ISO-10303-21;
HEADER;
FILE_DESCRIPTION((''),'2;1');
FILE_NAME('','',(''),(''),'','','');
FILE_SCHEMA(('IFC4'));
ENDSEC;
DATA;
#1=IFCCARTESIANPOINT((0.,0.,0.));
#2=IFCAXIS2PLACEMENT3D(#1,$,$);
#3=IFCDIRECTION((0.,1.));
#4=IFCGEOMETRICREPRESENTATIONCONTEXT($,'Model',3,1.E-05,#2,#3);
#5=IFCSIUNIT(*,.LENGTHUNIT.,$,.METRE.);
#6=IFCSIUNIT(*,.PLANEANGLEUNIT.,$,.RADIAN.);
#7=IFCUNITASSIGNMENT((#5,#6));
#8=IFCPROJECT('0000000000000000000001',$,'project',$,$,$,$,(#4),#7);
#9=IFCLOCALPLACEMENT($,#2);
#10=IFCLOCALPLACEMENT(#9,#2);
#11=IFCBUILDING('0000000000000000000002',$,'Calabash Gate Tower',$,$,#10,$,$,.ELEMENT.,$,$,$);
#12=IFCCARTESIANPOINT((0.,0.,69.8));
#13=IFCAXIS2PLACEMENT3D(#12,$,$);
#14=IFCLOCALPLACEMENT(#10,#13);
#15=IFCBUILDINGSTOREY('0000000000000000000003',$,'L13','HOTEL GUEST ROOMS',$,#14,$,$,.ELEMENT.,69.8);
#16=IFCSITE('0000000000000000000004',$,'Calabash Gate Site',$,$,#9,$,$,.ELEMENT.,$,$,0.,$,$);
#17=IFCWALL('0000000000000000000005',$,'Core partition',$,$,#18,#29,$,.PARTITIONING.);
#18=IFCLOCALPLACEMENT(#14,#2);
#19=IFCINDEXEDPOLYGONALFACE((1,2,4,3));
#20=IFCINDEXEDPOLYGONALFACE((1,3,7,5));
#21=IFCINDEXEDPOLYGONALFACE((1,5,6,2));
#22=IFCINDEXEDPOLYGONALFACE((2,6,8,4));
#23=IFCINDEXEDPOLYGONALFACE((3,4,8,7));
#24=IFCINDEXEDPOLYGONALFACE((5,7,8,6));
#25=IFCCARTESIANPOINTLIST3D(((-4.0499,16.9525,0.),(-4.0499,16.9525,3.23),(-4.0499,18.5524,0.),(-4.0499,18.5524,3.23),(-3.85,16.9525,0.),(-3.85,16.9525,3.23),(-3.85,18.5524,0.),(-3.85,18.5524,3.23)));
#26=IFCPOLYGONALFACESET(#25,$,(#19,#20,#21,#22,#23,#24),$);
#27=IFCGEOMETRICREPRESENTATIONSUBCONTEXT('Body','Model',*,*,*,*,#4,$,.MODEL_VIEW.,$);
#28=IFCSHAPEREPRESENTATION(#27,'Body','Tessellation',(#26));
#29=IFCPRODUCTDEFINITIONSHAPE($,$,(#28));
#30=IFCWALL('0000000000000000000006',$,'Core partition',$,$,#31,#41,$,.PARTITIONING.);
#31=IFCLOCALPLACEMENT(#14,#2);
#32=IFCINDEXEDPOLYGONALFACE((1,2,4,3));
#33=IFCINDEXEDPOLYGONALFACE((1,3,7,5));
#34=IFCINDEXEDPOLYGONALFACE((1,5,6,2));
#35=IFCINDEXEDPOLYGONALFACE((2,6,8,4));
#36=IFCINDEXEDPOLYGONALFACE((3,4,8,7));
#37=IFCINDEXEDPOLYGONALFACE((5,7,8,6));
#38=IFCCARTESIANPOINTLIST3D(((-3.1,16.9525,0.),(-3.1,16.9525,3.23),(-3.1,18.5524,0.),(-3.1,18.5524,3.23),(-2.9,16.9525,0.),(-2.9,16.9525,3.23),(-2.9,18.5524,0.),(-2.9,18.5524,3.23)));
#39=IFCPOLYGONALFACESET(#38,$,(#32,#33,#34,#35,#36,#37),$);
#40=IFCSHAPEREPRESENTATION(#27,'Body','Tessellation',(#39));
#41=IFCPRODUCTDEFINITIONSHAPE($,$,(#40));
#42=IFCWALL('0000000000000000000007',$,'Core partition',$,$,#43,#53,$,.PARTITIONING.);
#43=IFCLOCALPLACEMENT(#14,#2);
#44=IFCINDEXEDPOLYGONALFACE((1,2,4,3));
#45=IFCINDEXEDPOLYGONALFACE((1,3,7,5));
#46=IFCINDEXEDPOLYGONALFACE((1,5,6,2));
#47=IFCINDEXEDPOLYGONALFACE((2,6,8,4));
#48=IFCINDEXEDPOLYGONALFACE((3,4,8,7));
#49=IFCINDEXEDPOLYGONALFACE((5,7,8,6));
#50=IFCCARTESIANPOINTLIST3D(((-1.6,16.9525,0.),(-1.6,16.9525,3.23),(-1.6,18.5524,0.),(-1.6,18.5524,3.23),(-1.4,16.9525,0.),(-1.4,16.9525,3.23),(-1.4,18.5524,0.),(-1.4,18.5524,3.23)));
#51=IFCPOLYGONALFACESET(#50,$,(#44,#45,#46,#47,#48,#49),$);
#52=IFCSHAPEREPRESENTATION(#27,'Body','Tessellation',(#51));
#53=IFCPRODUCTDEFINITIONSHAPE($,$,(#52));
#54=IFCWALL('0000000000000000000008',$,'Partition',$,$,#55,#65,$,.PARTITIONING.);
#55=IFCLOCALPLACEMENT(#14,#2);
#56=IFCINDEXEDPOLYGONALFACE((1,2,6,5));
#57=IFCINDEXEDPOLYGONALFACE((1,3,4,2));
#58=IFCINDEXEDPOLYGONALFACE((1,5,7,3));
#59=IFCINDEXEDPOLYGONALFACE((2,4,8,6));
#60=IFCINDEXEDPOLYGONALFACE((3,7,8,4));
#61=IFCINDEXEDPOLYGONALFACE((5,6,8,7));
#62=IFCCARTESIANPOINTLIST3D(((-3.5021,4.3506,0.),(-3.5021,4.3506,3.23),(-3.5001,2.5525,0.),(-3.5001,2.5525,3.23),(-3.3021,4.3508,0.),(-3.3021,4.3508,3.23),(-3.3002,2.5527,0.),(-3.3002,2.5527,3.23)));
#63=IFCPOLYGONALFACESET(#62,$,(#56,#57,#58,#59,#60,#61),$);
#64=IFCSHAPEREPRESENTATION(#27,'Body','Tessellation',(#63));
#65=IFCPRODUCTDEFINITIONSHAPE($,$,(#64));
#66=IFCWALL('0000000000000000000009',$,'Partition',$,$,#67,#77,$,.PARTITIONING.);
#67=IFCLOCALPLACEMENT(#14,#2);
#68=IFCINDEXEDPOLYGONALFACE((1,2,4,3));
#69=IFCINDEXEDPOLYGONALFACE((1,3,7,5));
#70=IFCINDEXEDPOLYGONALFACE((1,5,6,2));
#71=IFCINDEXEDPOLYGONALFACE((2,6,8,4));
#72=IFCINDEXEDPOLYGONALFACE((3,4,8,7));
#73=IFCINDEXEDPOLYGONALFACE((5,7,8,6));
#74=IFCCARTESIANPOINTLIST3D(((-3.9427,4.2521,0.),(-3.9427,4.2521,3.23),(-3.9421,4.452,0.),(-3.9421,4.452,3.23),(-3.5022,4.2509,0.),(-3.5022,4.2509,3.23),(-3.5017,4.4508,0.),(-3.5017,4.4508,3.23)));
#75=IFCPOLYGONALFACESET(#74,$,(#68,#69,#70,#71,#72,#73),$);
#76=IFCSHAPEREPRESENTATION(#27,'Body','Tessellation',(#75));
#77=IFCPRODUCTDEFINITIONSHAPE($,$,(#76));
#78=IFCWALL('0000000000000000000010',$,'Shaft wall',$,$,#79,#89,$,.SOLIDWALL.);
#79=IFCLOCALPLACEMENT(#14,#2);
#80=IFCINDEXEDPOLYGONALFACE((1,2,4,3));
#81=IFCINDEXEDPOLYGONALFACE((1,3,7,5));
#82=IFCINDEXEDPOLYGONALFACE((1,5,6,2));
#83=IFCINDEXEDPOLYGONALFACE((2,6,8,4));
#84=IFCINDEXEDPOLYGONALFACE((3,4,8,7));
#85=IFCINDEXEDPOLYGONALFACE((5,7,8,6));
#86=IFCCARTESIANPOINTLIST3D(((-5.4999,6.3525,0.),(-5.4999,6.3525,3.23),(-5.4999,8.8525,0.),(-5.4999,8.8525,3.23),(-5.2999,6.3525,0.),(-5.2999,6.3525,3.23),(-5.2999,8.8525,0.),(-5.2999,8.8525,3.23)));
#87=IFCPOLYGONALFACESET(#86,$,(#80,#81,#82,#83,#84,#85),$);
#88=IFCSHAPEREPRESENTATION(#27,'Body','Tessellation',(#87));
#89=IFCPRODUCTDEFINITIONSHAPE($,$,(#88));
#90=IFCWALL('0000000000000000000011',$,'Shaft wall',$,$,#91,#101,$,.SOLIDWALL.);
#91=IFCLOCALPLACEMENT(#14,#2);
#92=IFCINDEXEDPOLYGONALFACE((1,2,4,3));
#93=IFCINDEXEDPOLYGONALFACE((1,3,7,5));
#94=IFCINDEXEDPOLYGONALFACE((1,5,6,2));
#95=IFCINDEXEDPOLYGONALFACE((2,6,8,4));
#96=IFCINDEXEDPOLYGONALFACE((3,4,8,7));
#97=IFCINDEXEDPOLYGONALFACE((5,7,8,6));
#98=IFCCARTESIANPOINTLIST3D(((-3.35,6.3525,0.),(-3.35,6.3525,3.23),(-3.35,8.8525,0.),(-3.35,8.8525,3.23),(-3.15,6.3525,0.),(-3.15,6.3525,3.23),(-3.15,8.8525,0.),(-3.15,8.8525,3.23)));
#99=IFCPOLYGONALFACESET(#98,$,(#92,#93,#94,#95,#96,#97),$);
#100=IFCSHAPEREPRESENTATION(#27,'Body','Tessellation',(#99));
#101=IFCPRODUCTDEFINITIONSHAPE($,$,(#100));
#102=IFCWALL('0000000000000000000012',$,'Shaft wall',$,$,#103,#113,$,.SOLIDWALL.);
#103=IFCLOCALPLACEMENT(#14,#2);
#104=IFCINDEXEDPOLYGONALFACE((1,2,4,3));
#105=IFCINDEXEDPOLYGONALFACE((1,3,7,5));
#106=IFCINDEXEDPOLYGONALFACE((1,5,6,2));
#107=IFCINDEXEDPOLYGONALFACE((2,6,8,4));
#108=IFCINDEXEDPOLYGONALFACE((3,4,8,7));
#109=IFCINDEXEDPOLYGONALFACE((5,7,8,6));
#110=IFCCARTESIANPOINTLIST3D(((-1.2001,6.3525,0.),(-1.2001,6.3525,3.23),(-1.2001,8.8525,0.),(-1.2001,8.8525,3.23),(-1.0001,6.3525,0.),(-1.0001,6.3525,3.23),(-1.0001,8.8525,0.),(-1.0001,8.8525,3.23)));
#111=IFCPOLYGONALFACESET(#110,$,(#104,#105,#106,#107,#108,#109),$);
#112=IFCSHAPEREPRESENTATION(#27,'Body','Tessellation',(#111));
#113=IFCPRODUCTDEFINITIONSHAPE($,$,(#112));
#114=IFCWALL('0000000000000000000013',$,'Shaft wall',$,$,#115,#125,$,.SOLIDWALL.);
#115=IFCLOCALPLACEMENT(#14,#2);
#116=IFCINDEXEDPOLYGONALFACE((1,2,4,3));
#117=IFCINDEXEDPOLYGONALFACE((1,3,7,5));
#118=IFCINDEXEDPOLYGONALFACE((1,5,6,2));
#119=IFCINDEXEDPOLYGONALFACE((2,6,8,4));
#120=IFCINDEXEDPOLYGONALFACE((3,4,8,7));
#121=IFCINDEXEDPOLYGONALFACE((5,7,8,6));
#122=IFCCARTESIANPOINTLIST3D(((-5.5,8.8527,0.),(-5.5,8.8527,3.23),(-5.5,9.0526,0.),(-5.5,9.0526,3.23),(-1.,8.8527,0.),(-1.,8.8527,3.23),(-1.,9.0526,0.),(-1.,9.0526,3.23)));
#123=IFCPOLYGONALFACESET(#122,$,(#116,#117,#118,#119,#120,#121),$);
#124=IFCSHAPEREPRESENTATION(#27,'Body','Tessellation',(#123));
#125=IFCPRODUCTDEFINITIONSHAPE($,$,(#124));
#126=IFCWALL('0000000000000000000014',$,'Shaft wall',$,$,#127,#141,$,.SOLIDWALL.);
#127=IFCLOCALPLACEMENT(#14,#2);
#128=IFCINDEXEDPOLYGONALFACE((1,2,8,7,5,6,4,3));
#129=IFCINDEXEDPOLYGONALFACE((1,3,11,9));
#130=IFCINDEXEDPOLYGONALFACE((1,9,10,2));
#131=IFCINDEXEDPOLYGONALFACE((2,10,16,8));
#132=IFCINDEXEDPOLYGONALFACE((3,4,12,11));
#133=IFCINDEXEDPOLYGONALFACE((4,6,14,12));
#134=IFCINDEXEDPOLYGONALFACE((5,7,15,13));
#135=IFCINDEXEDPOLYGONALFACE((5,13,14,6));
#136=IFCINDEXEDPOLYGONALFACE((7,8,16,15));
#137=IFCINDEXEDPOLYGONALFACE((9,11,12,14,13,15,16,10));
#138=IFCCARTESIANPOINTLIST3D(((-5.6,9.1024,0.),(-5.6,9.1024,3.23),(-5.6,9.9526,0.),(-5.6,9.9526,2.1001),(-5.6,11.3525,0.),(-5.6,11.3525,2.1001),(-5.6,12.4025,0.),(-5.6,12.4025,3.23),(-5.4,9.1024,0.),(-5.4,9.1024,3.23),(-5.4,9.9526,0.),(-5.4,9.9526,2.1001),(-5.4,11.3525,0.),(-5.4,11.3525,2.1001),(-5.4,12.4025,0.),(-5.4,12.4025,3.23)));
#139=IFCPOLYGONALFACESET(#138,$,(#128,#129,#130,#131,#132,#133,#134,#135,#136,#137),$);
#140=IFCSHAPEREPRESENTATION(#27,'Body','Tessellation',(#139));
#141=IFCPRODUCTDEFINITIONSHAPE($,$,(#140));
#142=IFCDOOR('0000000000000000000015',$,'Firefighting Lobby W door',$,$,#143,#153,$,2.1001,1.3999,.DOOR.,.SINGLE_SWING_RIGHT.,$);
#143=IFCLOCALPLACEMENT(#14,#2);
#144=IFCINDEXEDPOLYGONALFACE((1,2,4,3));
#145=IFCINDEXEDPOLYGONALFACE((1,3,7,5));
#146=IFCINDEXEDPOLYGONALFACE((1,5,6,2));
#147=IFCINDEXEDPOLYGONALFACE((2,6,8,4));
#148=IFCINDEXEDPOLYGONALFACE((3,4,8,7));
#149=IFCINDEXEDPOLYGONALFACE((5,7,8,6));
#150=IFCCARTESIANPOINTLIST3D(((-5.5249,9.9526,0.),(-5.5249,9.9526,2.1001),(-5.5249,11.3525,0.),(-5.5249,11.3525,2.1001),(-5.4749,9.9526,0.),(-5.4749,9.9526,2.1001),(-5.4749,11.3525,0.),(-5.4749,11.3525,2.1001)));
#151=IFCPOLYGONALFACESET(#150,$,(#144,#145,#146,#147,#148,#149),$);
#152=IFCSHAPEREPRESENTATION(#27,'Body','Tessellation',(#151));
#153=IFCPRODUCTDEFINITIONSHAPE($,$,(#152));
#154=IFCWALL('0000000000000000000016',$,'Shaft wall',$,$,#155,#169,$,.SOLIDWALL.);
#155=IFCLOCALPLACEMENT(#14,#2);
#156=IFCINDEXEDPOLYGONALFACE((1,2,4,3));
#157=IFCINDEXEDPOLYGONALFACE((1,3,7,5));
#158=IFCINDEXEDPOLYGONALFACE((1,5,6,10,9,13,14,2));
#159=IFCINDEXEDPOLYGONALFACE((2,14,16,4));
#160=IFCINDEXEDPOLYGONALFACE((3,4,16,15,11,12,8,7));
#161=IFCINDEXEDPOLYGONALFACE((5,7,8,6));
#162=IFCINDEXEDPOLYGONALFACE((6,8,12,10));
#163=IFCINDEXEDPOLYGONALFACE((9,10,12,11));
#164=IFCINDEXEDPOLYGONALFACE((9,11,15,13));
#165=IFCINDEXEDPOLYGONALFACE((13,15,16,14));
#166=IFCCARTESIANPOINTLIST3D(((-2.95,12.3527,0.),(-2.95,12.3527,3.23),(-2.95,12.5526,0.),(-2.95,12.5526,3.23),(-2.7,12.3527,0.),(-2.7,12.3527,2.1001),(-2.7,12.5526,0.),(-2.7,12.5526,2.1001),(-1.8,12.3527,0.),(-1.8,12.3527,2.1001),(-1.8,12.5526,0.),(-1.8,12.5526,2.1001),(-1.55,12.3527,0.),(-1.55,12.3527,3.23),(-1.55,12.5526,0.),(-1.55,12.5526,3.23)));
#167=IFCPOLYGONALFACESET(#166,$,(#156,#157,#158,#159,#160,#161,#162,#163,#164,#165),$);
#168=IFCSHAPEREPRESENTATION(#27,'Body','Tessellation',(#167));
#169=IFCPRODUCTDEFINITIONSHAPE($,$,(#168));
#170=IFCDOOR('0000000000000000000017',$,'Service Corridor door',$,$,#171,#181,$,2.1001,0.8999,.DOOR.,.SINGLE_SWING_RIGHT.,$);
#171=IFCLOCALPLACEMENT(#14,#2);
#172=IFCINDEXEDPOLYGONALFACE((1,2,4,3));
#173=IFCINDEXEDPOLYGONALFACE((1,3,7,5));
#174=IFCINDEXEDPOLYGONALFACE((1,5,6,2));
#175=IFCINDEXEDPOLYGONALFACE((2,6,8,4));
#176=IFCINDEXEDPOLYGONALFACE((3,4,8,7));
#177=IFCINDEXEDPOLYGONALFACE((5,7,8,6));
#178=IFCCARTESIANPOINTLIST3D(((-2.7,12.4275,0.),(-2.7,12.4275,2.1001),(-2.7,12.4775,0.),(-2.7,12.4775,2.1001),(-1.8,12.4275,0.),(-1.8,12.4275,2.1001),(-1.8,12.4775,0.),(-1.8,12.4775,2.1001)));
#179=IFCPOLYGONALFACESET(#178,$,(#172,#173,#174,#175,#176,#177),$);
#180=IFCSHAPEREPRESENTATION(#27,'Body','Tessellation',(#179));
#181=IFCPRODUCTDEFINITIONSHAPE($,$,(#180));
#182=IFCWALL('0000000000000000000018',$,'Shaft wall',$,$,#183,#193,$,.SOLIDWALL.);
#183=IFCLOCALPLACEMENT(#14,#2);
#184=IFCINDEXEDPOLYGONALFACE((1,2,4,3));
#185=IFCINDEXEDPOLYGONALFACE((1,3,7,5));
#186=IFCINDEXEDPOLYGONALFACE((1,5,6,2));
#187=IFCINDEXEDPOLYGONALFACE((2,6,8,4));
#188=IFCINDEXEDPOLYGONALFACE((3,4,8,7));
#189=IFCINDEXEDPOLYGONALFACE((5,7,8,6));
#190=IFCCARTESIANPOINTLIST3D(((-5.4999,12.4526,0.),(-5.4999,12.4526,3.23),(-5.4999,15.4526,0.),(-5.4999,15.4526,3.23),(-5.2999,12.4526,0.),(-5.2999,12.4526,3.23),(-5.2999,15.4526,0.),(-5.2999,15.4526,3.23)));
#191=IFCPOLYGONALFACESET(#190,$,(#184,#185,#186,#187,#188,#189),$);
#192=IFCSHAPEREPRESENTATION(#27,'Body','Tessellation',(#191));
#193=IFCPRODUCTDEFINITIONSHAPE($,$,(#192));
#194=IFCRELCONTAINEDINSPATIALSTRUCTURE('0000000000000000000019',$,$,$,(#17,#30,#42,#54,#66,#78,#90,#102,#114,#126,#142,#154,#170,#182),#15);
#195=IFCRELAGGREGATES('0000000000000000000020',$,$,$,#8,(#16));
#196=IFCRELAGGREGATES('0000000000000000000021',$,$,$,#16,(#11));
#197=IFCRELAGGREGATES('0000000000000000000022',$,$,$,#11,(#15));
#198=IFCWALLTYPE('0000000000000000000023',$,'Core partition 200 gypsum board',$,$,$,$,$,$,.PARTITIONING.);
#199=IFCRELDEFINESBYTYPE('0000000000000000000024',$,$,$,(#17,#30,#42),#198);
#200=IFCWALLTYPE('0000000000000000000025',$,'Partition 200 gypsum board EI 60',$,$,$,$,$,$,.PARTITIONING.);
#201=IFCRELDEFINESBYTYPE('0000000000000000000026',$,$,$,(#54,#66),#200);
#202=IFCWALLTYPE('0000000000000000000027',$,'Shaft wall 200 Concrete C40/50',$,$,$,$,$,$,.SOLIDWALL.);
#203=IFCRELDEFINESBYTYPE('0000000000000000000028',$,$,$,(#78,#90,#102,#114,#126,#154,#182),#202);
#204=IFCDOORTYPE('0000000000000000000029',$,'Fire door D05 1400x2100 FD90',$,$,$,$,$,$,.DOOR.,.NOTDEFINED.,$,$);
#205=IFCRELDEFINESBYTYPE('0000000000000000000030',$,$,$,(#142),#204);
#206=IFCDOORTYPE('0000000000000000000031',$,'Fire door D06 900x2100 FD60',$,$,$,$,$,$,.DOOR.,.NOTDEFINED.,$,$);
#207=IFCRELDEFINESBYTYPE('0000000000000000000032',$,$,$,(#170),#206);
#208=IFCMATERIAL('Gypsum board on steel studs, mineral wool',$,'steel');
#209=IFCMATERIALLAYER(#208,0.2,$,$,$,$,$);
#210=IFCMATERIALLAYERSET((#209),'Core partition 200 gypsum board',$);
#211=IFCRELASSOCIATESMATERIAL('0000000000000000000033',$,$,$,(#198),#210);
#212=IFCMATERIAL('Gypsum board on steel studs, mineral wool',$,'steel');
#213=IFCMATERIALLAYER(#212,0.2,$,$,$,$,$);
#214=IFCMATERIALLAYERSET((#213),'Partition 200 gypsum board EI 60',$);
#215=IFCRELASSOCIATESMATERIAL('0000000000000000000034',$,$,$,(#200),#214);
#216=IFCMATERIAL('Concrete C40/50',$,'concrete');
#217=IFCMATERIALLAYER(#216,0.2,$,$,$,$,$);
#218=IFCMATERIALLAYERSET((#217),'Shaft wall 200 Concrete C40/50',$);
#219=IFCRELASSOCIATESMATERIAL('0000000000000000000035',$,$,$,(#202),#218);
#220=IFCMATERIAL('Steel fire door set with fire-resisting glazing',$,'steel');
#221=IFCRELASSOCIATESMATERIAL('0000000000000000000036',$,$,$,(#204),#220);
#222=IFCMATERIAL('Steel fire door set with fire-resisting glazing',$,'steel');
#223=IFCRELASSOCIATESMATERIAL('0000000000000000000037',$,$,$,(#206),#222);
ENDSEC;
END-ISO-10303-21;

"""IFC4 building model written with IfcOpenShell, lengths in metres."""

from ifc_helpers import new_model, si_unit, direction, frame, frame_2d, origin, place, context, subcontext, project, spatial, rectangle, extrude, material, layer, layer_set, type_object, element, fill, save


model = new_model("IFC4")

# Units and contexts
model_context = context("Model", 3, precision=1e-05, world=origin(), true_north=direction((0.0, 1.0)))
body_context = subcontext(model_context, "Body", "Model", "MODEL_VIEW")
ifc_project = project(units=[si_unit("LENGTHUNIT", "METRE"), si_unit("PLANEANGLEUNIT", "RADIAN")], contexts=[model_context])

# Site, building, storey
site_placement = place(None, origin())
site = spatial("IfcSite", under=ifc_project, at=site_placement, Name="Calabash Gate Site", CompositionType="ELEMENT", RefElevation=0.0)
building_placement = place(site_placement, origin())
building = spatial("IfcBuilding", under=site, at=building_placement, Name="Calabash Gate Tower", CompositionType="ELEMENT")
storey_placement = place(building_placement, frame((0.0, 0.0, 69.8)))
storey = spatial("IfcBuildingStorey", under=building, at=storey_placement, Name="L13", Description="HOTEL GUEST ROOMS", CompositionType="ELEMENT", Elevation=69.8)

# Walls
ifc_material_1 = material(Name="Gypsum board on steel studs, mineral wool", Category="steel")
ifc_layer_1 = layer(ifc_material_1, 0.2)
ifc_layer_set_1 = layer_set([ifc_layer_1], Name="Core partition 200 gypsum board")
wall_type_1 = type_object("IfcWallType", Name="Core partition 200 gypsum board", PredefinedType="PARTITIONING", material=ifc_layer_set_1)
for number, where, z_axis, x_axis, name in (
    (1, (-3.95, 16.9526, 0.0), (0.0, 0.0, 1.0), (0.0, 1.0, 0.0), "Core partition"),
    (2, (-3.0, 16.9526, 0.0), (0.0, 0.0, 1.0), (0.0, 1.0, 0.0), "Core partition"),
    (3, (-1.5, 16.9526, 0.0), (0.0, 0.0, 1.0), (0.0, 1.0, 0.0), "Core partition"),
):
    element("IfcWall", number, at=place(storey_placement, frame(where, z_axis=z_axis, x_axis=x_axis)), inside=storey, type_object=wall_type_1, Name=name, PredefinedType="PARTITIONING", context=body_context, shape_type="SweptSolid", body=[
        extrude(rectangle(XDim=1.5999, YDim=0.2, at=frame_2d((0.7998, 0.0))), origin(), (0.0, 0.0, 1.0), 3.23),
    ])
ifc_material_2 = material(Name="Gypsum board on steel studs, mineral wool", Category="steel")
ifc_layer_2 = layer(ifc_material_2, 0.2)
ifc_layer_set_2 = layer_set([ifc_layer_2], Name="Partition 200 gypsum board EI 60")
wall_type_2 = type_object("IfcWallType", Name="Partition 200 gypsum board EI 60", PredefinedType="PARTITIONING", material=ifc_layer_set_2)
wall_1_placement = place(storey_placement, frame((-3.4021, 4.3506, 0.0), z_axis=(0.0, 0.0, 1.0), x_axis=(0.001086, -0.999999, 0.0)))
element("IfcWall", 4, at=wall_1_placement, inside=storey, type_object=wall_type_2, Name="Partition", PredefinedType="PARTITIONING", context=body_context, shape_type="SweptSolid", body=[
    extrude(rectangle(XDim=1.7981, YDim=0.2, at=frame_2d((0.8989, 0.0))), origin(), (0.0, 0.0, 1.0), 3.23),
])
wall_2_placement = place(storey_placement, frame((-3.9424, 4.3521, 0.0), z_axis=(0.0, 0.0, 1.0), x_axis=(0.999996, -0.002772, 0.0)))
element("IfcWall", 5, at=wall_2_placement, inside=storey, type_object=wall_type_2, Name="Partition", PredefinedType="PARTITIONING", context=body_context, shape_type="SweptSolid", body=[
    extrude(rectangle(XDim=0.4404, YDim=0.2, at=frame_2d((0.2202, 0.0))), origin(), (0.0, 0.0, 1.0), 3.23),
])
ifc_material_3 = material(Name="Concrete C40/50", Category="concrete")
ifc_layer_3 = layer(ifc_material_3, 0.2)
ifc_layer_set_3 = layer_set([ifc_layer_3], Name="Shaft wall 200 Concrete C40/50")
wall_type_3 = type_object("IfcWallType", Name="Shaft wall 200 Concrete C40/50", PredefinedType="SOLIDWALL", material=ifc_layer_set_3)
for number, where, z_axis, x_axis, name in (
    (6, (-5.3999, 6.3525, 0.0), (0.0, 0.0, 1.0), (0.0, 1.0, 0.0), "Shaft wall"),
    (7, (-3.25, 6.3525, 0.0), (0.0, 0.0, 1.0), (0.0, 1.0, 0.0), "Shaft wall"),
    (8, (-1.1001, 6.3525, 0.0), (0.0, 0.0, 1.0), (0.0, 1.0, 0.0), "Shaft wall"),
):
    element("IfcWall", number, at=place(storey_placement, frame(where, z_axis=z_axis, x_axis=x_axis)), inside=storey, type_object=wall_type_3, Name=name, PredefinedType="SOLIDWALL", context=body_context, shape_type="SweptSolid", body=[
        extrude(rectangle(XDim=2.5, YDim=0.2, at=frame_2d((1.25, 0.0))), origin(), (0.0, 0.0, 1.0), 3.23),
    ])
wall_3_placement = place(storey_placement, frame((-5.5, 8.9526, 0.0), z_axis=(0.0, 0.0, 1.0), x_axis=(1.0, 0.0, 0.0)))
element("IfcWall", 9, at=wall_3_placement, inside=storey, type_object=wall_type_3, Name="Shaft wall", PredefinedType="SOLIDWALL", context=body_context, shape_type="SweptSolid", body=[
    extrude(rectangle(XDim=4.5, YDim=0.2, at=frame_2d((2.25, 0.0))), origin(), (0.0, 0.0, 1.0), 3.23),
])

# Walls, openings, doors
wall_4_placement = place(storey_placement, frame((-5.5, 9.1025, 0.0), z_axis=(0.0, 0.0, 1.0), x_axis=(0.0, 1.0, 0.0)))
wall_4 = element("IfcWall", 10, at=wall_4_placement, inside=storey, type_object=wall_type_3, Name="Shaft wall", PredefinedType="SOLIDWALL", context=body_context, shape_type="SweptSolid", body=[
    extrude(rectangle(XDim=3.3, YDim=0.2, at=frame_2d((1.6499, 0.0))), origin(), (0.0, 0.0, 1.0), 3.23),
])
opening_1_placement = place(wall_4_placement, frame((0.8501, 0.0, 0.0)))
opening_1 = element("IfcOpeningElement", 11, at=opening_1_placement, cuts=wall_4, PredefinedType="OPENING", context=body_context, shape_type="SweptSolid", body=[
    extrude(rectangle(XDim=1.3999, YDim=2.1001, at=frame_2d((0.7, 1.05))), frame((0.0, 0.1099, 0.0), z_axis=(0.0, -1.0, 0.0), x_axis=(1.0, 0.0, 0.0)), (0.0, 0.0, 1.0), 0.22),
])
ifc_material_4 = material(Name="Steel fire door set with fire-resisting glazing", Category="steel")
door_type_1 = type_object("IfcDoorType", Name="Fire door D05 1400x2100 FD90", OperationType="NOTDEFINED", PredefinedType="DOOR", material=ifc_material_4)
door_1_placement = place(opening_1_placement, origin())
door_1 = element("IfcDoor", 12, at=door_1_placement, inside=storey, type_object=door_type_1, Name="Firefighting Lobby W door", OperationType="SINGLE_SWING_RIGHT", OverallHeight=2.1001, OverallWidth=1.3999, PredefinedType="DOOR", context=body_context, shape_type="SweptSolid", body=[
    extrude(rectangle(XDim=1.3999, YDim=2.1001, at=frame_2d((0.7, 1.05))), frame((0.0, 0.0249, 0.0), z_axis=(0.0, -1.0, 0.0), x_axis=(1.0, 0.0, 0.0)), (0.0, 0.0, 1.0), 0.05),
])
fill(opening_1, door_1)
wall_5_placement = place(storey_placement, frame((-2.95, 12.4526, 0.0), z_axis=(0.0, 0.0, 1.0), x_axis=(1.0, 0.0, 0.0)))
wall_5 = element("IfcWall", 13, at=wall_5_placement, inside=storey, type_object=wall_type_3, Name="Shaft wall", PredefinedType="SOLIDWALL", context=body_context, shape_type="SweptSolid", body=[
    extrude(rectangle(XDim=1.3999, YDim=0.2, at=frame_2d((0.7, 0.0))), origin(), (0.0, 0.0, 1.0), 3.23),
])
opening_2_placement = place(wall_5_placement, frame((0.25, 0.0, 0.0)))
opening_2 = element("IfcOpeningElement", 14, at=opening_2_placement, cuts=wall_5, PredefinedType="OPENING", context=body_context, shape_type="SweptSolid", body=[
    extrude(rectangle(XDim=0.8999, YDim=2.1001, at=frame_2d((0.45, 1.05))), frame((0.0, 0.1099, 0.0), z_axis=(0.0, -1.0, 0.0), x_axis=(1.0, 0.0, 0.0)), (0.0, 0.0, 1.0), 0.22),
])
ifc_material_5 = material(Name="Steel fire door set with fire-resisting glazing", Category="steel")
door_type_2 = type_object("IfcDoorType", Name="Fire door D06 900x2100 FD60", OperationType="NOTDEFINED", PredefinedType="DOOR", material=ifc_material_5)
door_2_placement = place(opening_2_placement, origin())
door_2 = element("IfcDoor", 15, at=door_2_placement, inside=storey, type_object=door_type_2, Name="Service Corridor door", OperationType="SINGLE_SWING_RIGHT", OverallHeight=2.1001, OverallWidth=0.8999, PredefinedType="DOOR", context=body_context, shape_type="SweptSolid", body=[
    extrude(rectangle(XDim=0.8999, YDim=2.1001, at=frame_2d((0.45, 1.05))), frame((0.0, 0.0249, 0.0), z_axis=(0.0, -1.0, 0.0), x_axis=(1.0, 0.0, 0.0)), (0.0, 0.0, 1.0), 0.05),
])
fill(opening_2, door_2)

# Wall
wall_6_placement = place(storey_placement, frame((-5.3999, 12.4526, 0.0), z_axis=(0.0, 0.0, 1.0), x_axis=(0.0, 1.0, 0.0)))
element("IfcWall", 16, at=wall_6_placement, inside=storey, type_object=wall_type_3, Name="Shaft wall", PredefinedType="SOLIDWALL", context=body_context, shape_type="SweptSolid", body=[
    extrude(rectangle(XDim=3.0, YDim=0.2, at=frame_2d((1.5, 0.0))), origin(), (0.0, 0.0, 1.0), 3.23),
])

save(model, "model.ifc")
